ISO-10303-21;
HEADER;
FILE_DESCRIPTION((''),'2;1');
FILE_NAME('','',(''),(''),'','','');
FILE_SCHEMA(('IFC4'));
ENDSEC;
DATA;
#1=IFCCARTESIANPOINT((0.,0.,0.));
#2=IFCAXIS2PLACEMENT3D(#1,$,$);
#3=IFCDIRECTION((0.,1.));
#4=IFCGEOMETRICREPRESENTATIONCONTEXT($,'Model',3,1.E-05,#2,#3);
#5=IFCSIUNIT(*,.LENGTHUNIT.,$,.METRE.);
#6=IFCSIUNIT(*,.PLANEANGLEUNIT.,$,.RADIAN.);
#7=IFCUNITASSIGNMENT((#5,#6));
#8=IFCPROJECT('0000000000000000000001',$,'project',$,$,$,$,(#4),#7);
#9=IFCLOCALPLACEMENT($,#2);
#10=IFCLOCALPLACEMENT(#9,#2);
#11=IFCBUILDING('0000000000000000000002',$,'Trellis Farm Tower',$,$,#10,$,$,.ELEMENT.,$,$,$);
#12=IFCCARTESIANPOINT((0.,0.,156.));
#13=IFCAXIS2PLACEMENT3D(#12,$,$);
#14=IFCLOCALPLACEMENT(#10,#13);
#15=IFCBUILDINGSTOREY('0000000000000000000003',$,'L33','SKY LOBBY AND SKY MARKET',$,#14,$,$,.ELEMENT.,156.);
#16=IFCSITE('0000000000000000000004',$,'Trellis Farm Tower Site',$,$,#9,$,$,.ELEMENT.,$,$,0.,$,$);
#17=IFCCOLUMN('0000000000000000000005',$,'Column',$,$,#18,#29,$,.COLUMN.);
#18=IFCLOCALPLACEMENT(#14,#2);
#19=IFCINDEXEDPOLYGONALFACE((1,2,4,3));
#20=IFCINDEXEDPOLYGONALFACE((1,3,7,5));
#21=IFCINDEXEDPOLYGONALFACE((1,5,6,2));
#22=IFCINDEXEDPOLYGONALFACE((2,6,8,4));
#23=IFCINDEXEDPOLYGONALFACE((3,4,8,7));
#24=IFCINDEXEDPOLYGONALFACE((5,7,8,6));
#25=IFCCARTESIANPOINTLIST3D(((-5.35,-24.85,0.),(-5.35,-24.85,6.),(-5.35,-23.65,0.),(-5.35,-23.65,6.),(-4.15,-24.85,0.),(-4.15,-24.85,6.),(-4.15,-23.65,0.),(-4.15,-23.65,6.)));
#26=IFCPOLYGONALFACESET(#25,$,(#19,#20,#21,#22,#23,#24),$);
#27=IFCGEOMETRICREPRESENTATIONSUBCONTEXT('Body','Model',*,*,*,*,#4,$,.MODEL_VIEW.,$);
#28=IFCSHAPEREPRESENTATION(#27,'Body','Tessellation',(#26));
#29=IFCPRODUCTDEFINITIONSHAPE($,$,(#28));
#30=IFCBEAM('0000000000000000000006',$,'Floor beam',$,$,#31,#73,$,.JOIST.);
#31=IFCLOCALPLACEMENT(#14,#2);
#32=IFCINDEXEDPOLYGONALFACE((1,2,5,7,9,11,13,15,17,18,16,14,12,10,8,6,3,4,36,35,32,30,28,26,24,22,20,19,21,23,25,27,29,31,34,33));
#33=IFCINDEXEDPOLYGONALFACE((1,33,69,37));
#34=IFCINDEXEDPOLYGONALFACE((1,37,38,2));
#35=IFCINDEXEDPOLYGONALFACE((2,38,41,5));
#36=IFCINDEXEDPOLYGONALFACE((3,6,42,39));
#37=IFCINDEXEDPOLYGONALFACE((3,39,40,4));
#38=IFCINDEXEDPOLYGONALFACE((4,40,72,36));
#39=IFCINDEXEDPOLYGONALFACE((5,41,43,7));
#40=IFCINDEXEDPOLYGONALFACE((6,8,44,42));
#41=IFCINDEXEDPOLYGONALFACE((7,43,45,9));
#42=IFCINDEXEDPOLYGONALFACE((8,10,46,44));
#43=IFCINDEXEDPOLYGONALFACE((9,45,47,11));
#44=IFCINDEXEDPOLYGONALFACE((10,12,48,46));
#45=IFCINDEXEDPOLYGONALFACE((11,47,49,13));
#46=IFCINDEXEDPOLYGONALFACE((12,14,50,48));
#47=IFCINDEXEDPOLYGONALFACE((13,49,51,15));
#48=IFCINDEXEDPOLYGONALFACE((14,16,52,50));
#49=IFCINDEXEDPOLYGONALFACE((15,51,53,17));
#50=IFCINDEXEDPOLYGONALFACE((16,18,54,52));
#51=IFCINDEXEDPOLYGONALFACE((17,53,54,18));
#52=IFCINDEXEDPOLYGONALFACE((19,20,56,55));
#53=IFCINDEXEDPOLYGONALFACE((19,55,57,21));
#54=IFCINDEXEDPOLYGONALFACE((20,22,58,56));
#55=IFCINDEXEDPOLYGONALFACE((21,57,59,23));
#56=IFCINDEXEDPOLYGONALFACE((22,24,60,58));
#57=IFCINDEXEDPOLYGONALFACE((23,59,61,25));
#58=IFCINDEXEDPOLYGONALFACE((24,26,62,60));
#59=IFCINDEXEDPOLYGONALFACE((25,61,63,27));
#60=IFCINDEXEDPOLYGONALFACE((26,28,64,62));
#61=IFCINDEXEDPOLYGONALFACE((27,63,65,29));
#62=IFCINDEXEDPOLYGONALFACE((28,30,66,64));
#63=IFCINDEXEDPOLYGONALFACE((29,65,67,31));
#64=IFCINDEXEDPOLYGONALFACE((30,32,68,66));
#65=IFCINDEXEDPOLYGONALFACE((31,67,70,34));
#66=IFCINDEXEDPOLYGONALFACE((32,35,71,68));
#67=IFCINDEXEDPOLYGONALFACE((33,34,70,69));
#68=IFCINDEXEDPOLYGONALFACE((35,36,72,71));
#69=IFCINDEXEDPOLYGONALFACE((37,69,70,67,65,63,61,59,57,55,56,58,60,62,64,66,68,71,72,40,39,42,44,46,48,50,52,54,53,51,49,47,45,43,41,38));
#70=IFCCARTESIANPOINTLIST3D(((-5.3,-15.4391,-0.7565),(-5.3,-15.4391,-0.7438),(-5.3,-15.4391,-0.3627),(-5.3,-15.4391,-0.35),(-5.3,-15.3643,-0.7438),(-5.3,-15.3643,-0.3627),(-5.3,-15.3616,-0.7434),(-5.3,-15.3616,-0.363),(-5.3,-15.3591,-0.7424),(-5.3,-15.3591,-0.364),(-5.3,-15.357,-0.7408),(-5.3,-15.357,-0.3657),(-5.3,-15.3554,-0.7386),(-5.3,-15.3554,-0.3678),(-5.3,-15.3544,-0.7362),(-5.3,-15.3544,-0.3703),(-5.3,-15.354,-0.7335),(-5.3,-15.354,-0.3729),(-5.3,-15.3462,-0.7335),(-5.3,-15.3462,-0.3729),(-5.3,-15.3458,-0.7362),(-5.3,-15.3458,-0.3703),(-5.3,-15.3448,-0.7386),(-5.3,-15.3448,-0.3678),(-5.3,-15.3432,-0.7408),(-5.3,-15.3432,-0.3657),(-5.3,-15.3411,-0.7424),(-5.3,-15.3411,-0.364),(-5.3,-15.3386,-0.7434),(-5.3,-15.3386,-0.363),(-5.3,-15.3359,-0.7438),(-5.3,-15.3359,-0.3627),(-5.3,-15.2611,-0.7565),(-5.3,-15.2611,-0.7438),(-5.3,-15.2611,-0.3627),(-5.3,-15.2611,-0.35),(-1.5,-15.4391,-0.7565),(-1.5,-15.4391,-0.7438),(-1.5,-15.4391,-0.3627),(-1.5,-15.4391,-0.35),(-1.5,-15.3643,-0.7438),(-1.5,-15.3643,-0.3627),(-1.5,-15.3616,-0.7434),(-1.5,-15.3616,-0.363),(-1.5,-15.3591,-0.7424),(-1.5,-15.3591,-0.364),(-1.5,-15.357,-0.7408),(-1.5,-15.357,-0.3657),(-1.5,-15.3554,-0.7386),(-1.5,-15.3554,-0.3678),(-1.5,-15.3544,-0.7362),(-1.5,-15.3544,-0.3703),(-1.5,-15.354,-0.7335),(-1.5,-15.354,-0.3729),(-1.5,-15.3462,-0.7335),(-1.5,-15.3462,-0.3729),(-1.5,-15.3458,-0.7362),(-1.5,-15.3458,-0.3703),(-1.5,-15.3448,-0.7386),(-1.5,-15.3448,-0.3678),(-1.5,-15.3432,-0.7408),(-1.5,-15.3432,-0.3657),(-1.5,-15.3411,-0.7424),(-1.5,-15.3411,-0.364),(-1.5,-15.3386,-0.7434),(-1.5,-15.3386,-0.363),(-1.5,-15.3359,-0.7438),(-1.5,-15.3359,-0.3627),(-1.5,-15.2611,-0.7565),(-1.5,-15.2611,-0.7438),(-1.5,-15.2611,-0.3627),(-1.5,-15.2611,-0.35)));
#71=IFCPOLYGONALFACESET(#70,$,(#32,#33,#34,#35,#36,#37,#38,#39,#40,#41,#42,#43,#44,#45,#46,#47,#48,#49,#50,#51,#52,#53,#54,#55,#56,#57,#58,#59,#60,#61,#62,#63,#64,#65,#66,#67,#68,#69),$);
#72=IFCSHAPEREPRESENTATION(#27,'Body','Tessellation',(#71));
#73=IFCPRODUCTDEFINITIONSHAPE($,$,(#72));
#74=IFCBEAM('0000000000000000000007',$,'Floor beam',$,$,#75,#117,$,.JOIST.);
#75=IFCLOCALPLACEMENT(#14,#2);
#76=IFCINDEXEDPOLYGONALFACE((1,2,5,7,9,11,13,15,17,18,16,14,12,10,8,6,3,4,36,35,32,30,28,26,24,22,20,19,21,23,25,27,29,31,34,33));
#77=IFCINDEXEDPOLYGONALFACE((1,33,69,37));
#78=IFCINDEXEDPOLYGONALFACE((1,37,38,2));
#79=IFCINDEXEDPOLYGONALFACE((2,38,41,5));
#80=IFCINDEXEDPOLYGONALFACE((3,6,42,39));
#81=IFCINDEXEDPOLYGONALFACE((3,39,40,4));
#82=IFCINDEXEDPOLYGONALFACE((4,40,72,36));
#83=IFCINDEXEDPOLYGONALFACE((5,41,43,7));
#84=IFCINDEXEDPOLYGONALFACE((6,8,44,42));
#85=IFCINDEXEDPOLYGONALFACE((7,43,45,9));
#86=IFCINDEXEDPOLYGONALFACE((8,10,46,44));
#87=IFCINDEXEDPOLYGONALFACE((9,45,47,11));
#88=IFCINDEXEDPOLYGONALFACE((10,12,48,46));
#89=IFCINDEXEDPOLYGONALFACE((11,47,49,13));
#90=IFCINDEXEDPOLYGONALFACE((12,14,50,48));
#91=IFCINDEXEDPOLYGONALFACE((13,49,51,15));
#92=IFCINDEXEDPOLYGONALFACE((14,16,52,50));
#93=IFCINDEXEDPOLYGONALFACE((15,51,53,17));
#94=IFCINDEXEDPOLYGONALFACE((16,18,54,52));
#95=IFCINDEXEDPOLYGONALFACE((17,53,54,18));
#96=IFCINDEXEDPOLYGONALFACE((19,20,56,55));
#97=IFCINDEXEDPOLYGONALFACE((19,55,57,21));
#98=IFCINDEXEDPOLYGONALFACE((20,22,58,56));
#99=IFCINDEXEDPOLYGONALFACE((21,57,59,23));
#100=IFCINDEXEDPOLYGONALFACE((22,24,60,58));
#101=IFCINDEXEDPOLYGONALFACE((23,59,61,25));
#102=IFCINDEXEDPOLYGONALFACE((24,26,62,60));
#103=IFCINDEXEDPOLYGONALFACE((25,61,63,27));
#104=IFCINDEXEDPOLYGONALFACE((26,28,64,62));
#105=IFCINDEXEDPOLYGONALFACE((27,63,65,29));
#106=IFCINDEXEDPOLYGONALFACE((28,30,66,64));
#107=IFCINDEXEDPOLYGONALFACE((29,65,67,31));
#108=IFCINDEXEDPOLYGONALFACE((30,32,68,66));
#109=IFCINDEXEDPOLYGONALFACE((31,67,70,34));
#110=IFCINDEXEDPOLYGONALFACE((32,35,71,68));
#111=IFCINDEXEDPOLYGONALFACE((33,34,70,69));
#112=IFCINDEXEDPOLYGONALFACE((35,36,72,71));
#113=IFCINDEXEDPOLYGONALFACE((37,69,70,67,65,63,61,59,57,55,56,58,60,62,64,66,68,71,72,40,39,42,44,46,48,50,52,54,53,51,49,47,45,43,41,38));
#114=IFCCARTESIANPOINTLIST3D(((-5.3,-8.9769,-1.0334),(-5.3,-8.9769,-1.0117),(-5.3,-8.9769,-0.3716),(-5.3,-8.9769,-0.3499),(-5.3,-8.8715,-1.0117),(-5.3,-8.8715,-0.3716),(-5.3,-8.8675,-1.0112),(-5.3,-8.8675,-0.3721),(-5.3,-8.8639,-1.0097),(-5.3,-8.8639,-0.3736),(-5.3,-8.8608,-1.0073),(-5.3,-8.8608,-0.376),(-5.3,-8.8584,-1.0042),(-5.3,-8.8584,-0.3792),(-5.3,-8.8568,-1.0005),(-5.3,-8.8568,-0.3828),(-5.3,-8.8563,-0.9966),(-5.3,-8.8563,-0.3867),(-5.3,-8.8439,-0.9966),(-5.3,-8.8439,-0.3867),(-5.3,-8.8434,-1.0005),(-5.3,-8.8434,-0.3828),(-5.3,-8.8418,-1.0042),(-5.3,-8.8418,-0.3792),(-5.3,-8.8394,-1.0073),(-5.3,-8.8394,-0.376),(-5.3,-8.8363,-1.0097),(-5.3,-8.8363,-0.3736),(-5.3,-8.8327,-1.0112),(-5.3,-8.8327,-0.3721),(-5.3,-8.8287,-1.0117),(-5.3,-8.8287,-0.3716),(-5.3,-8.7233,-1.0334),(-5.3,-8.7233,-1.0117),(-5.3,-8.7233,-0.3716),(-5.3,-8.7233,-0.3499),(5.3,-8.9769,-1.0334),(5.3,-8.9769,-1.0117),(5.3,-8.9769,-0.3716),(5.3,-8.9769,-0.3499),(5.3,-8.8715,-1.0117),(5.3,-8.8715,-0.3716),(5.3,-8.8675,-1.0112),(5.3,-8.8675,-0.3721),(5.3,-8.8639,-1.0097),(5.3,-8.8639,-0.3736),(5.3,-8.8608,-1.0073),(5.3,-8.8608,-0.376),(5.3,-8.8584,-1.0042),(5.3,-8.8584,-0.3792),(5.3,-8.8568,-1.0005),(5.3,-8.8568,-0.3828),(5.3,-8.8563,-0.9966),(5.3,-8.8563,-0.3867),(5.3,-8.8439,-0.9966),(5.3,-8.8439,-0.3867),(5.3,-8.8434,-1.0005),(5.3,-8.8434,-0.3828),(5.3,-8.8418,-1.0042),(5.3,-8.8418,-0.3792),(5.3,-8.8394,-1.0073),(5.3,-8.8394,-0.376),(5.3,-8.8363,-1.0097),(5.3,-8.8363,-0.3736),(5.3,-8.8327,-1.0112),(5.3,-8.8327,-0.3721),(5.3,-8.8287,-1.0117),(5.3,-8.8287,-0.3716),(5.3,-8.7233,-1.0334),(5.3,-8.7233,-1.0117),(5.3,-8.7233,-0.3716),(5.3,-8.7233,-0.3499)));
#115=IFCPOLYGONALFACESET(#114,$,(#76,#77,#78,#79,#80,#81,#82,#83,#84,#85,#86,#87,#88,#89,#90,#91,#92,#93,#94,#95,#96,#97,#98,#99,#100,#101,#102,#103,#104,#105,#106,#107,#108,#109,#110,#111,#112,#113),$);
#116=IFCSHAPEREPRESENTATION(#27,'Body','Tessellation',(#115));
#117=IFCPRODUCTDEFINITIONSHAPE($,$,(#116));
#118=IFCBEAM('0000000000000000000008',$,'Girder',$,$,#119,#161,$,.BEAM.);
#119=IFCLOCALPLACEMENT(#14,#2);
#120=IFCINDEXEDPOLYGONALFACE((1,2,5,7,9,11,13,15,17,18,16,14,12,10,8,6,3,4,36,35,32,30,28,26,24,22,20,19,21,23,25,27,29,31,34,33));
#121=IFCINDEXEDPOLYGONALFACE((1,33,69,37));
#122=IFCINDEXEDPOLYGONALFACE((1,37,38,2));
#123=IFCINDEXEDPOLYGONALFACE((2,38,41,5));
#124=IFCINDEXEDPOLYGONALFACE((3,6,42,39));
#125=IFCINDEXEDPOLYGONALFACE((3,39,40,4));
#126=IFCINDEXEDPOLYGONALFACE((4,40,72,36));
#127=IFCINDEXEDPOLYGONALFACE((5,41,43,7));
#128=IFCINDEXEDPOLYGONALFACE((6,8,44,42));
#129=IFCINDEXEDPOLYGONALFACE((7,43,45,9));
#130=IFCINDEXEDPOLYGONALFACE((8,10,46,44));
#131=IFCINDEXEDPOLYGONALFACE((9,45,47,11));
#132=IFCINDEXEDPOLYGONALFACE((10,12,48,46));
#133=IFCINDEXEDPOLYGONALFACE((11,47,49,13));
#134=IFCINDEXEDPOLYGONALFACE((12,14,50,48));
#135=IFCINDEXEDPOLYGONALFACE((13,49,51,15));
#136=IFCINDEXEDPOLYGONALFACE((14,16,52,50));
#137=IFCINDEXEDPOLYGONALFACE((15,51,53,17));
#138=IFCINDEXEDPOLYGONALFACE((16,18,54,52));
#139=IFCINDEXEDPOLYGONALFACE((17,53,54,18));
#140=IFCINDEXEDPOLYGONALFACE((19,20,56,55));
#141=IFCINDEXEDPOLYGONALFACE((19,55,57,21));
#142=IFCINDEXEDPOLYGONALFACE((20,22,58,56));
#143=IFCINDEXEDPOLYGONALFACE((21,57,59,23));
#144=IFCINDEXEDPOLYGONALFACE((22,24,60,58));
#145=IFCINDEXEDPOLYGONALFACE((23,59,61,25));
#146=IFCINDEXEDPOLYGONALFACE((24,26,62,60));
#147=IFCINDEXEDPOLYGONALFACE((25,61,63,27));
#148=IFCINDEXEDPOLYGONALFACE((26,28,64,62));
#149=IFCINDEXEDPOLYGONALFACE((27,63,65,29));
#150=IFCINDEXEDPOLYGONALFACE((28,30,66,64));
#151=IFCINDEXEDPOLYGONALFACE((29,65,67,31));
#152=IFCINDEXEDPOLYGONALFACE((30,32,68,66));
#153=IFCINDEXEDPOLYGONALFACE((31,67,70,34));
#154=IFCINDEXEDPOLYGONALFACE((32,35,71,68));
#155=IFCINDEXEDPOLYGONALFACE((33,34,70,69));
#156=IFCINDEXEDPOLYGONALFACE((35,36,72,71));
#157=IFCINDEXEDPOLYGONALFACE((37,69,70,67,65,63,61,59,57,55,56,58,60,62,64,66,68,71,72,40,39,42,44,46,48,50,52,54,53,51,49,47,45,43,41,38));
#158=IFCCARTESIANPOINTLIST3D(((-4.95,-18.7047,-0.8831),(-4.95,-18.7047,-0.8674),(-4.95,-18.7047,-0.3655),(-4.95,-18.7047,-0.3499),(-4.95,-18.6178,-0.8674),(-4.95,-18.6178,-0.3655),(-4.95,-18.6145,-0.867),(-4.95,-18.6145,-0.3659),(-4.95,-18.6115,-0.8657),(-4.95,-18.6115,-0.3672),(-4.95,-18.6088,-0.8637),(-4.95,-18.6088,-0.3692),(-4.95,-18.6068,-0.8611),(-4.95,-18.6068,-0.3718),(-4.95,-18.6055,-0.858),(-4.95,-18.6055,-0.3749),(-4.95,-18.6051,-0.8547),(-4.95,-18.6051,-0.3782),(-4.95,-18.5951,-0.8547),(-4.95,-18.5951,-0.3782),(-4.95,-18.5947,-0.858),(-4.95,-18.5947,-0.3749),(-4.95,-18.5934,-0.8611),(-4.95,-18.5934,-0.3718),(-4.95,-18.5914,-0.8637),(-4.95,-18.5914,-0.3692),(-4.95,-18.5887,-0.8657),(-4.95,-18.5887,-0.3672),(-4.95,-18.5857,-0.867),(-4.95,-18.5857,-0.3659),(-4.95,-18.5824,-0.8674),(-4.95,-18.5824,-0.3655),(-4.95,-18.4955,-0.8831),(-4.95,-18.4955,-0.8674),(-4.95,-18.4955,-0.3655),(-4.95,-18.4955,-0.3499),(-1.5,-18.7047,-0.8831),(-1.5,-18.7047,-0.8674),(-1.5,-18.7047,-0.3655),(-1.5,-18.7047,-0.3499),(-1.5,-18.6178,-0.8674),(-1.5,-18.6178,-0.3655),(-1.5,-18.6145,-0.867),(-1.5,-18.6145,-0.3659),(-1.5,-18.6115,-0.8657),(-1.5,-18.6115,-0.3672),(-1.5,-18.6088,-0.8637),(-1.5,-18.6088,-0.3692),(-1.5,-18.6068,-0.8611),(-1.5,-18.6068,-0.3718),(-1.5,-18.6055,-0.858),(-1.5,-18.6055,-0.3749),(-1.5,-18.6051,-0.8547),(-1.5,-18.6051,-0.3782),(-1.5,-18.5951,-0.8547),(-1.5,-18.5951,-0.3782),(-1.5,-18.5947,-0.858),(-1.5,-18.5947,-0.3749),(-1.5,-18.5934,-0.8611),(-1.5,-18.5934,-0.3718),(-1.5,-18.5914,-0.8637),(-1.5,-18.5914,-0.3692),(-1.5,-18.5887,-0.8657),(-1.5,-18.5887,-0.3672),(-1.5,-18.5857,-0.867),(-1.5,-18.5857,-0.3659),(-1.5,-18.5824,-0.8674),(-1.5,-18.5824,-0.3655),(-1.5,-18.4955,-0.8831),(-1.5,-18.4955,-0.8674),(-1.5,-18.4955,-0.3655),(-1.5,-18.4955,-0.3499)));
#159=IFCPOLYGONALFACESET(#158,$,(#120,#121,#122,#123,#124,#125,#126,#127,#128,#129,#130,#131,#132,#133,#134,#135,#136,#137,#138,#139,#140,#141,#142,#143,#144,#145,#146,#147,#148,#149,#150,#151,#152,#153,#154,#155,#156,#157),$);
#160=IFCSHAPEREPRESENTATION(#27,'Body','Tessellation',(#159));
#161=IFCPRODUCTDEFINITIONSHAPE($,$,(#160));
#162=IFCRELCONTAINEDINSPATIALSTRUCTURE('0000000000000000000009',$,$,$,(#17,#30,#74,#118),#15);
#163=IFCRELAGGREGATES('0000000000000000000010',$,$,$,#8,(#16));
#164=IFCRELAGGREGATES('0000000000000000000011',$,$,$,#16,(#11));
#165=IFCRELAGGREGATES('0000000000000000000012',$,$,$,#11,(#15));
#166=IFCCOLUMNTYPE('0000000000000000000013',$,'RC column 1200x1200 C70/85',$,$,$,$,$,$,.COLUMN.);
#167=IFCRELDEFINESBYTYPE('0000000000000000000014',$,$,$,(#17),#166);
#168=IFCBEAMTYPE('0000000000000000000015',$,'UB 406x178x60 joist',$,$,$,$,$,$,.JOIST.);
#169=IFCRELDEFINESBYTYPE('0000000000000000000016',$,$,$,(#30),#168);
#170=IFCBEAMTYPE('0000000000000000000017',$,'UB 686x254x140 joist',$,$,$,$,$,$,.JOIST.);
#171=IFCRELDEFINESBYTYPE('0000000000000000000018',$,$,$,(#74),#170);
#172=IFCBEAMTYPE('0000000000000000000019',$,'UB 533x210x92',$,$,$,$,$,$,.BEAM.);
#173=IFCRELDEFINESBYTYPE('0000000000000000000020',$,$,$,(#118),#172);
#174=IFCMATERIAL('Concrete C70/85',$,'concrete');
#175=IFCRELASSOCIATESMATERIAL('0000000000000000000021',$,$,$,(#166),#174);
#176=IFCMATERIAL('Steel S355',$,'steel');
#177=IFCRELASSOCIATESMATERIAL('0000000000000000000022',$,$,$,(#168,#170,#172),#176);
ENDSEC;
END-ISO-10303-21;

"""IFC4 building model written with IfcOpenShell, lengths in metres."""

from ifc_helpers import new_model, si_unit, direction, frame, origin, origin_2d, place, context, subcontext, project, spatial, rectangle, i_section, extrude, source, transform, mapped, material, material_profile, profile_set, type_object, element, save


model = new_model("IFC4")

# Units and contexts
model_context = context("Model", 3, precision=1e-05, world=origin(), true_north=direction((0.0, 1.0)))
body_context = subcontext(model_context, "Body", "Model", "MODEL_VIEW")
ifc_project = project(units=[si_unit("LENGTHUNIT", "METRE"), si_unit("PLANEANGLEUNIT", "RADIAN")], contexts=[model_context])

# Site, building, storey
site_placement = place(None, origin())
site = spatial("IfcSite", under=ifc_project, at=site_placement, Name="Trellis Farm Tower Site", CompositionType="ELEMENT", RefElevation=0.0)
building_placement = place(site_placement, origin())
building = spatial("IfcBuilding", under=site, at=building_placement, Name="Trellis Farm Tower", CompositionType="ELEMENT")
storey_placement = place(building_placement, frame((0.0, 0.0, 156.0)))
storey = spatial("IfcBuildingStorey", under=building, at=storey_placement, Name="L33", Description="SKY LOBBY AND SKY MARKET", CompositionType="ELEMENT", Elevation=156.0)

# Column
ifc_material_1 = material(Name="Concrete C70/85", Category="concrete")
ifc_material_profile_1 = material_profile(ifc_material_1, rectangle(XDim=1.2, YDim=1.2, at=origin_2d()), Name="RC column 1200x1200 C70/85")
ifc_profile_set_1 = profile_set([ifc_material_profile_1], Name="Concrete C70/85")
column_type = type_object("IfcColumnType", Name="RC column 1200x1200 C70/85", PredefinedType="COLUMN", material=ifc_profile_set_1)
shared_shape_1 = source(origin(), body_context, "Body", "SweptSolid", [
    extrude(rectangle(XDim=1.2, YDim=1.2, at=origin_2d()), origin(), (0.0, 0.0, 1.0), 6.0),
])
column_placement = place(storey_placement, frame((-4.75, -24.25, 0.0), z_axis=(0.0, 0.0, 1.0), x_axis=(1.0, 0.0, 0.0)))
element("IfcColumn", 1, at=column_placement, inside=storey, type_object=column_type, Name="Column", PredefinedType="COLUMN", context=body_context, shape_type="MappedRepresentation", body=[
    mapped(shared_shape_1, transform((0.0, 0.0, 0.0))),
])

# Beams
ifc_material_2 = material(Name="Steel S355", Category="steel")
ifc_material_profile_2 = material_profile(ifc_material_2, i_section(OverallWidth=0.178, OverallDepth=0.4065, WebThickness=0.0078, FlangeThickness=0.0127, FilletRadius=0.0103, at=origin_2d()), Name="UB 406x178x60")
ifc_profile_set_2 = profile_set([ifc_material_profile_2], Name="Steel S355")
beam_type_1 = type_object("IfcBeamType", Name="UB 406x178x60 joist", PredefinedType="JOIST", material=ifc_profile_set_2)
shared_shape_2 = source(origin(), body_context, "Body", "SweptSolid", [
    extrude(i_section(OverallWidth=0.178, OverallDepth=0.4065, WebThickness=0.0078, FlangeThickness=0.0127, FilletRadius=0.0103, at=origin_2d()), origin(), (0.0, 0.0, 1.0), 3.8),
])
beam_1_placement = place(storey_placement, frame((-5.3, -15.3501, -0.5532), z_axis=(1.0, 0.0, 0.0), x_axis=(0.0, 1.0, 0.0)))
element("IfcBeam", 2, at=beam_1_placement, inside=storey, type_object=beam_type_1, Name="Floor beam", PredefinedType="JOIST", context=body_context, shape_type="MappedRepresentation", body=[
    mapped(shared_shape_2, transform((0.0, 0.0, 0.0))),
])
ifc_material_profile_3 = material_profile(ifc_material_2, i_section(OverallWidth=0.2537, OverallDepth=0.6836, WebThickness=0.0125, FlangeThickness=0.0217, FilletRadius=0.0151, at=origin_2d()), Name="UB 686x254x140")
ifc_profile_set_3 = profile_set([ifc_material_profile_3], Name="Steel S355")
beam_type_2 = type_object("IfcBeamType", Name="UB 686x254x140 joist", PredefinedType="JOIST", material=ifc_profile_set_3)
shared_shape_3 = source(origin(), body_context, "Body", "SweptSolid", [
    extrude(i_section(OverallWidth=0.2537, OverallDepth=0.6836, WebThickness=0.0125, FlangeThickness=0.0217, FilletRadius=0.0151, at=origin_2d()), origin(), (0.0, 0.0, 1.0), 10.6001),
])
beam_2_placement = place(storey_placement, frame((-5.3, -8.8501, -0.6917), z_axis=(1.0, 0.0, 0.0), x_axis=(0.0, 1.0, 0.0)))
element("IfcBeam", 3, at=beam_2_placement, inside=storey, type_object=beam_type_2, Name="Floor beam", PredefinedType="JOIST", context=body_context, shape_type="MappedRepresentation", body=[
    mapped(shared_shape_3, transform((0.0, 0.0, 0.0))),
])
ifc_material_profile_4 = material_profile(ifc_material_2, i_section(OverallWidth=0.2092, OverallDepth=0.5332, WebThickness=0.01, FlangeThickness=0.0156, FilletRadius=0.0127, at=origin_2d()), Name="UB 533x210x92")
ifc_profile_set_4 = profile_set([ifc_material_profile_4], Name="Steel S355")
beam_type_3 = type_object("IfcBeamType", Name="UB 533x210x92", PredefinedType="BEAM", material=ifc_profile_set_4)
shared_shape_4 = source(origin(), body_context, "Body", "SweptSolid", [
    extrude(i_section(OverallWidth=0.2092, OverallDepth=0.5332, WebThickness=0.01, FlangeThickness=0.0156, FilletRadius=0.0127, at=origin_2d()), origin(), (0.0, 0.0, 1.0), 3.45),
])
beam_3_placement = place(storey_placement, frame((-4.95, -18.6001, -0.6165), z_axis=(1.0, 0.0, 0.0), x_axis=(0.0, 1.0, 0.0)))
element("IfcBeam", 4, at=beam_3_placement, inside=storey, type_object=beam_type_3, Name="Girder", PredefinedType="BEAM", context=body_context, shape_type="MappedRepresentation", body=[
    mapped(shared_shape_4, transform((0.0, 0.0, 0.0))),
])

save(model, "model.ifc")
